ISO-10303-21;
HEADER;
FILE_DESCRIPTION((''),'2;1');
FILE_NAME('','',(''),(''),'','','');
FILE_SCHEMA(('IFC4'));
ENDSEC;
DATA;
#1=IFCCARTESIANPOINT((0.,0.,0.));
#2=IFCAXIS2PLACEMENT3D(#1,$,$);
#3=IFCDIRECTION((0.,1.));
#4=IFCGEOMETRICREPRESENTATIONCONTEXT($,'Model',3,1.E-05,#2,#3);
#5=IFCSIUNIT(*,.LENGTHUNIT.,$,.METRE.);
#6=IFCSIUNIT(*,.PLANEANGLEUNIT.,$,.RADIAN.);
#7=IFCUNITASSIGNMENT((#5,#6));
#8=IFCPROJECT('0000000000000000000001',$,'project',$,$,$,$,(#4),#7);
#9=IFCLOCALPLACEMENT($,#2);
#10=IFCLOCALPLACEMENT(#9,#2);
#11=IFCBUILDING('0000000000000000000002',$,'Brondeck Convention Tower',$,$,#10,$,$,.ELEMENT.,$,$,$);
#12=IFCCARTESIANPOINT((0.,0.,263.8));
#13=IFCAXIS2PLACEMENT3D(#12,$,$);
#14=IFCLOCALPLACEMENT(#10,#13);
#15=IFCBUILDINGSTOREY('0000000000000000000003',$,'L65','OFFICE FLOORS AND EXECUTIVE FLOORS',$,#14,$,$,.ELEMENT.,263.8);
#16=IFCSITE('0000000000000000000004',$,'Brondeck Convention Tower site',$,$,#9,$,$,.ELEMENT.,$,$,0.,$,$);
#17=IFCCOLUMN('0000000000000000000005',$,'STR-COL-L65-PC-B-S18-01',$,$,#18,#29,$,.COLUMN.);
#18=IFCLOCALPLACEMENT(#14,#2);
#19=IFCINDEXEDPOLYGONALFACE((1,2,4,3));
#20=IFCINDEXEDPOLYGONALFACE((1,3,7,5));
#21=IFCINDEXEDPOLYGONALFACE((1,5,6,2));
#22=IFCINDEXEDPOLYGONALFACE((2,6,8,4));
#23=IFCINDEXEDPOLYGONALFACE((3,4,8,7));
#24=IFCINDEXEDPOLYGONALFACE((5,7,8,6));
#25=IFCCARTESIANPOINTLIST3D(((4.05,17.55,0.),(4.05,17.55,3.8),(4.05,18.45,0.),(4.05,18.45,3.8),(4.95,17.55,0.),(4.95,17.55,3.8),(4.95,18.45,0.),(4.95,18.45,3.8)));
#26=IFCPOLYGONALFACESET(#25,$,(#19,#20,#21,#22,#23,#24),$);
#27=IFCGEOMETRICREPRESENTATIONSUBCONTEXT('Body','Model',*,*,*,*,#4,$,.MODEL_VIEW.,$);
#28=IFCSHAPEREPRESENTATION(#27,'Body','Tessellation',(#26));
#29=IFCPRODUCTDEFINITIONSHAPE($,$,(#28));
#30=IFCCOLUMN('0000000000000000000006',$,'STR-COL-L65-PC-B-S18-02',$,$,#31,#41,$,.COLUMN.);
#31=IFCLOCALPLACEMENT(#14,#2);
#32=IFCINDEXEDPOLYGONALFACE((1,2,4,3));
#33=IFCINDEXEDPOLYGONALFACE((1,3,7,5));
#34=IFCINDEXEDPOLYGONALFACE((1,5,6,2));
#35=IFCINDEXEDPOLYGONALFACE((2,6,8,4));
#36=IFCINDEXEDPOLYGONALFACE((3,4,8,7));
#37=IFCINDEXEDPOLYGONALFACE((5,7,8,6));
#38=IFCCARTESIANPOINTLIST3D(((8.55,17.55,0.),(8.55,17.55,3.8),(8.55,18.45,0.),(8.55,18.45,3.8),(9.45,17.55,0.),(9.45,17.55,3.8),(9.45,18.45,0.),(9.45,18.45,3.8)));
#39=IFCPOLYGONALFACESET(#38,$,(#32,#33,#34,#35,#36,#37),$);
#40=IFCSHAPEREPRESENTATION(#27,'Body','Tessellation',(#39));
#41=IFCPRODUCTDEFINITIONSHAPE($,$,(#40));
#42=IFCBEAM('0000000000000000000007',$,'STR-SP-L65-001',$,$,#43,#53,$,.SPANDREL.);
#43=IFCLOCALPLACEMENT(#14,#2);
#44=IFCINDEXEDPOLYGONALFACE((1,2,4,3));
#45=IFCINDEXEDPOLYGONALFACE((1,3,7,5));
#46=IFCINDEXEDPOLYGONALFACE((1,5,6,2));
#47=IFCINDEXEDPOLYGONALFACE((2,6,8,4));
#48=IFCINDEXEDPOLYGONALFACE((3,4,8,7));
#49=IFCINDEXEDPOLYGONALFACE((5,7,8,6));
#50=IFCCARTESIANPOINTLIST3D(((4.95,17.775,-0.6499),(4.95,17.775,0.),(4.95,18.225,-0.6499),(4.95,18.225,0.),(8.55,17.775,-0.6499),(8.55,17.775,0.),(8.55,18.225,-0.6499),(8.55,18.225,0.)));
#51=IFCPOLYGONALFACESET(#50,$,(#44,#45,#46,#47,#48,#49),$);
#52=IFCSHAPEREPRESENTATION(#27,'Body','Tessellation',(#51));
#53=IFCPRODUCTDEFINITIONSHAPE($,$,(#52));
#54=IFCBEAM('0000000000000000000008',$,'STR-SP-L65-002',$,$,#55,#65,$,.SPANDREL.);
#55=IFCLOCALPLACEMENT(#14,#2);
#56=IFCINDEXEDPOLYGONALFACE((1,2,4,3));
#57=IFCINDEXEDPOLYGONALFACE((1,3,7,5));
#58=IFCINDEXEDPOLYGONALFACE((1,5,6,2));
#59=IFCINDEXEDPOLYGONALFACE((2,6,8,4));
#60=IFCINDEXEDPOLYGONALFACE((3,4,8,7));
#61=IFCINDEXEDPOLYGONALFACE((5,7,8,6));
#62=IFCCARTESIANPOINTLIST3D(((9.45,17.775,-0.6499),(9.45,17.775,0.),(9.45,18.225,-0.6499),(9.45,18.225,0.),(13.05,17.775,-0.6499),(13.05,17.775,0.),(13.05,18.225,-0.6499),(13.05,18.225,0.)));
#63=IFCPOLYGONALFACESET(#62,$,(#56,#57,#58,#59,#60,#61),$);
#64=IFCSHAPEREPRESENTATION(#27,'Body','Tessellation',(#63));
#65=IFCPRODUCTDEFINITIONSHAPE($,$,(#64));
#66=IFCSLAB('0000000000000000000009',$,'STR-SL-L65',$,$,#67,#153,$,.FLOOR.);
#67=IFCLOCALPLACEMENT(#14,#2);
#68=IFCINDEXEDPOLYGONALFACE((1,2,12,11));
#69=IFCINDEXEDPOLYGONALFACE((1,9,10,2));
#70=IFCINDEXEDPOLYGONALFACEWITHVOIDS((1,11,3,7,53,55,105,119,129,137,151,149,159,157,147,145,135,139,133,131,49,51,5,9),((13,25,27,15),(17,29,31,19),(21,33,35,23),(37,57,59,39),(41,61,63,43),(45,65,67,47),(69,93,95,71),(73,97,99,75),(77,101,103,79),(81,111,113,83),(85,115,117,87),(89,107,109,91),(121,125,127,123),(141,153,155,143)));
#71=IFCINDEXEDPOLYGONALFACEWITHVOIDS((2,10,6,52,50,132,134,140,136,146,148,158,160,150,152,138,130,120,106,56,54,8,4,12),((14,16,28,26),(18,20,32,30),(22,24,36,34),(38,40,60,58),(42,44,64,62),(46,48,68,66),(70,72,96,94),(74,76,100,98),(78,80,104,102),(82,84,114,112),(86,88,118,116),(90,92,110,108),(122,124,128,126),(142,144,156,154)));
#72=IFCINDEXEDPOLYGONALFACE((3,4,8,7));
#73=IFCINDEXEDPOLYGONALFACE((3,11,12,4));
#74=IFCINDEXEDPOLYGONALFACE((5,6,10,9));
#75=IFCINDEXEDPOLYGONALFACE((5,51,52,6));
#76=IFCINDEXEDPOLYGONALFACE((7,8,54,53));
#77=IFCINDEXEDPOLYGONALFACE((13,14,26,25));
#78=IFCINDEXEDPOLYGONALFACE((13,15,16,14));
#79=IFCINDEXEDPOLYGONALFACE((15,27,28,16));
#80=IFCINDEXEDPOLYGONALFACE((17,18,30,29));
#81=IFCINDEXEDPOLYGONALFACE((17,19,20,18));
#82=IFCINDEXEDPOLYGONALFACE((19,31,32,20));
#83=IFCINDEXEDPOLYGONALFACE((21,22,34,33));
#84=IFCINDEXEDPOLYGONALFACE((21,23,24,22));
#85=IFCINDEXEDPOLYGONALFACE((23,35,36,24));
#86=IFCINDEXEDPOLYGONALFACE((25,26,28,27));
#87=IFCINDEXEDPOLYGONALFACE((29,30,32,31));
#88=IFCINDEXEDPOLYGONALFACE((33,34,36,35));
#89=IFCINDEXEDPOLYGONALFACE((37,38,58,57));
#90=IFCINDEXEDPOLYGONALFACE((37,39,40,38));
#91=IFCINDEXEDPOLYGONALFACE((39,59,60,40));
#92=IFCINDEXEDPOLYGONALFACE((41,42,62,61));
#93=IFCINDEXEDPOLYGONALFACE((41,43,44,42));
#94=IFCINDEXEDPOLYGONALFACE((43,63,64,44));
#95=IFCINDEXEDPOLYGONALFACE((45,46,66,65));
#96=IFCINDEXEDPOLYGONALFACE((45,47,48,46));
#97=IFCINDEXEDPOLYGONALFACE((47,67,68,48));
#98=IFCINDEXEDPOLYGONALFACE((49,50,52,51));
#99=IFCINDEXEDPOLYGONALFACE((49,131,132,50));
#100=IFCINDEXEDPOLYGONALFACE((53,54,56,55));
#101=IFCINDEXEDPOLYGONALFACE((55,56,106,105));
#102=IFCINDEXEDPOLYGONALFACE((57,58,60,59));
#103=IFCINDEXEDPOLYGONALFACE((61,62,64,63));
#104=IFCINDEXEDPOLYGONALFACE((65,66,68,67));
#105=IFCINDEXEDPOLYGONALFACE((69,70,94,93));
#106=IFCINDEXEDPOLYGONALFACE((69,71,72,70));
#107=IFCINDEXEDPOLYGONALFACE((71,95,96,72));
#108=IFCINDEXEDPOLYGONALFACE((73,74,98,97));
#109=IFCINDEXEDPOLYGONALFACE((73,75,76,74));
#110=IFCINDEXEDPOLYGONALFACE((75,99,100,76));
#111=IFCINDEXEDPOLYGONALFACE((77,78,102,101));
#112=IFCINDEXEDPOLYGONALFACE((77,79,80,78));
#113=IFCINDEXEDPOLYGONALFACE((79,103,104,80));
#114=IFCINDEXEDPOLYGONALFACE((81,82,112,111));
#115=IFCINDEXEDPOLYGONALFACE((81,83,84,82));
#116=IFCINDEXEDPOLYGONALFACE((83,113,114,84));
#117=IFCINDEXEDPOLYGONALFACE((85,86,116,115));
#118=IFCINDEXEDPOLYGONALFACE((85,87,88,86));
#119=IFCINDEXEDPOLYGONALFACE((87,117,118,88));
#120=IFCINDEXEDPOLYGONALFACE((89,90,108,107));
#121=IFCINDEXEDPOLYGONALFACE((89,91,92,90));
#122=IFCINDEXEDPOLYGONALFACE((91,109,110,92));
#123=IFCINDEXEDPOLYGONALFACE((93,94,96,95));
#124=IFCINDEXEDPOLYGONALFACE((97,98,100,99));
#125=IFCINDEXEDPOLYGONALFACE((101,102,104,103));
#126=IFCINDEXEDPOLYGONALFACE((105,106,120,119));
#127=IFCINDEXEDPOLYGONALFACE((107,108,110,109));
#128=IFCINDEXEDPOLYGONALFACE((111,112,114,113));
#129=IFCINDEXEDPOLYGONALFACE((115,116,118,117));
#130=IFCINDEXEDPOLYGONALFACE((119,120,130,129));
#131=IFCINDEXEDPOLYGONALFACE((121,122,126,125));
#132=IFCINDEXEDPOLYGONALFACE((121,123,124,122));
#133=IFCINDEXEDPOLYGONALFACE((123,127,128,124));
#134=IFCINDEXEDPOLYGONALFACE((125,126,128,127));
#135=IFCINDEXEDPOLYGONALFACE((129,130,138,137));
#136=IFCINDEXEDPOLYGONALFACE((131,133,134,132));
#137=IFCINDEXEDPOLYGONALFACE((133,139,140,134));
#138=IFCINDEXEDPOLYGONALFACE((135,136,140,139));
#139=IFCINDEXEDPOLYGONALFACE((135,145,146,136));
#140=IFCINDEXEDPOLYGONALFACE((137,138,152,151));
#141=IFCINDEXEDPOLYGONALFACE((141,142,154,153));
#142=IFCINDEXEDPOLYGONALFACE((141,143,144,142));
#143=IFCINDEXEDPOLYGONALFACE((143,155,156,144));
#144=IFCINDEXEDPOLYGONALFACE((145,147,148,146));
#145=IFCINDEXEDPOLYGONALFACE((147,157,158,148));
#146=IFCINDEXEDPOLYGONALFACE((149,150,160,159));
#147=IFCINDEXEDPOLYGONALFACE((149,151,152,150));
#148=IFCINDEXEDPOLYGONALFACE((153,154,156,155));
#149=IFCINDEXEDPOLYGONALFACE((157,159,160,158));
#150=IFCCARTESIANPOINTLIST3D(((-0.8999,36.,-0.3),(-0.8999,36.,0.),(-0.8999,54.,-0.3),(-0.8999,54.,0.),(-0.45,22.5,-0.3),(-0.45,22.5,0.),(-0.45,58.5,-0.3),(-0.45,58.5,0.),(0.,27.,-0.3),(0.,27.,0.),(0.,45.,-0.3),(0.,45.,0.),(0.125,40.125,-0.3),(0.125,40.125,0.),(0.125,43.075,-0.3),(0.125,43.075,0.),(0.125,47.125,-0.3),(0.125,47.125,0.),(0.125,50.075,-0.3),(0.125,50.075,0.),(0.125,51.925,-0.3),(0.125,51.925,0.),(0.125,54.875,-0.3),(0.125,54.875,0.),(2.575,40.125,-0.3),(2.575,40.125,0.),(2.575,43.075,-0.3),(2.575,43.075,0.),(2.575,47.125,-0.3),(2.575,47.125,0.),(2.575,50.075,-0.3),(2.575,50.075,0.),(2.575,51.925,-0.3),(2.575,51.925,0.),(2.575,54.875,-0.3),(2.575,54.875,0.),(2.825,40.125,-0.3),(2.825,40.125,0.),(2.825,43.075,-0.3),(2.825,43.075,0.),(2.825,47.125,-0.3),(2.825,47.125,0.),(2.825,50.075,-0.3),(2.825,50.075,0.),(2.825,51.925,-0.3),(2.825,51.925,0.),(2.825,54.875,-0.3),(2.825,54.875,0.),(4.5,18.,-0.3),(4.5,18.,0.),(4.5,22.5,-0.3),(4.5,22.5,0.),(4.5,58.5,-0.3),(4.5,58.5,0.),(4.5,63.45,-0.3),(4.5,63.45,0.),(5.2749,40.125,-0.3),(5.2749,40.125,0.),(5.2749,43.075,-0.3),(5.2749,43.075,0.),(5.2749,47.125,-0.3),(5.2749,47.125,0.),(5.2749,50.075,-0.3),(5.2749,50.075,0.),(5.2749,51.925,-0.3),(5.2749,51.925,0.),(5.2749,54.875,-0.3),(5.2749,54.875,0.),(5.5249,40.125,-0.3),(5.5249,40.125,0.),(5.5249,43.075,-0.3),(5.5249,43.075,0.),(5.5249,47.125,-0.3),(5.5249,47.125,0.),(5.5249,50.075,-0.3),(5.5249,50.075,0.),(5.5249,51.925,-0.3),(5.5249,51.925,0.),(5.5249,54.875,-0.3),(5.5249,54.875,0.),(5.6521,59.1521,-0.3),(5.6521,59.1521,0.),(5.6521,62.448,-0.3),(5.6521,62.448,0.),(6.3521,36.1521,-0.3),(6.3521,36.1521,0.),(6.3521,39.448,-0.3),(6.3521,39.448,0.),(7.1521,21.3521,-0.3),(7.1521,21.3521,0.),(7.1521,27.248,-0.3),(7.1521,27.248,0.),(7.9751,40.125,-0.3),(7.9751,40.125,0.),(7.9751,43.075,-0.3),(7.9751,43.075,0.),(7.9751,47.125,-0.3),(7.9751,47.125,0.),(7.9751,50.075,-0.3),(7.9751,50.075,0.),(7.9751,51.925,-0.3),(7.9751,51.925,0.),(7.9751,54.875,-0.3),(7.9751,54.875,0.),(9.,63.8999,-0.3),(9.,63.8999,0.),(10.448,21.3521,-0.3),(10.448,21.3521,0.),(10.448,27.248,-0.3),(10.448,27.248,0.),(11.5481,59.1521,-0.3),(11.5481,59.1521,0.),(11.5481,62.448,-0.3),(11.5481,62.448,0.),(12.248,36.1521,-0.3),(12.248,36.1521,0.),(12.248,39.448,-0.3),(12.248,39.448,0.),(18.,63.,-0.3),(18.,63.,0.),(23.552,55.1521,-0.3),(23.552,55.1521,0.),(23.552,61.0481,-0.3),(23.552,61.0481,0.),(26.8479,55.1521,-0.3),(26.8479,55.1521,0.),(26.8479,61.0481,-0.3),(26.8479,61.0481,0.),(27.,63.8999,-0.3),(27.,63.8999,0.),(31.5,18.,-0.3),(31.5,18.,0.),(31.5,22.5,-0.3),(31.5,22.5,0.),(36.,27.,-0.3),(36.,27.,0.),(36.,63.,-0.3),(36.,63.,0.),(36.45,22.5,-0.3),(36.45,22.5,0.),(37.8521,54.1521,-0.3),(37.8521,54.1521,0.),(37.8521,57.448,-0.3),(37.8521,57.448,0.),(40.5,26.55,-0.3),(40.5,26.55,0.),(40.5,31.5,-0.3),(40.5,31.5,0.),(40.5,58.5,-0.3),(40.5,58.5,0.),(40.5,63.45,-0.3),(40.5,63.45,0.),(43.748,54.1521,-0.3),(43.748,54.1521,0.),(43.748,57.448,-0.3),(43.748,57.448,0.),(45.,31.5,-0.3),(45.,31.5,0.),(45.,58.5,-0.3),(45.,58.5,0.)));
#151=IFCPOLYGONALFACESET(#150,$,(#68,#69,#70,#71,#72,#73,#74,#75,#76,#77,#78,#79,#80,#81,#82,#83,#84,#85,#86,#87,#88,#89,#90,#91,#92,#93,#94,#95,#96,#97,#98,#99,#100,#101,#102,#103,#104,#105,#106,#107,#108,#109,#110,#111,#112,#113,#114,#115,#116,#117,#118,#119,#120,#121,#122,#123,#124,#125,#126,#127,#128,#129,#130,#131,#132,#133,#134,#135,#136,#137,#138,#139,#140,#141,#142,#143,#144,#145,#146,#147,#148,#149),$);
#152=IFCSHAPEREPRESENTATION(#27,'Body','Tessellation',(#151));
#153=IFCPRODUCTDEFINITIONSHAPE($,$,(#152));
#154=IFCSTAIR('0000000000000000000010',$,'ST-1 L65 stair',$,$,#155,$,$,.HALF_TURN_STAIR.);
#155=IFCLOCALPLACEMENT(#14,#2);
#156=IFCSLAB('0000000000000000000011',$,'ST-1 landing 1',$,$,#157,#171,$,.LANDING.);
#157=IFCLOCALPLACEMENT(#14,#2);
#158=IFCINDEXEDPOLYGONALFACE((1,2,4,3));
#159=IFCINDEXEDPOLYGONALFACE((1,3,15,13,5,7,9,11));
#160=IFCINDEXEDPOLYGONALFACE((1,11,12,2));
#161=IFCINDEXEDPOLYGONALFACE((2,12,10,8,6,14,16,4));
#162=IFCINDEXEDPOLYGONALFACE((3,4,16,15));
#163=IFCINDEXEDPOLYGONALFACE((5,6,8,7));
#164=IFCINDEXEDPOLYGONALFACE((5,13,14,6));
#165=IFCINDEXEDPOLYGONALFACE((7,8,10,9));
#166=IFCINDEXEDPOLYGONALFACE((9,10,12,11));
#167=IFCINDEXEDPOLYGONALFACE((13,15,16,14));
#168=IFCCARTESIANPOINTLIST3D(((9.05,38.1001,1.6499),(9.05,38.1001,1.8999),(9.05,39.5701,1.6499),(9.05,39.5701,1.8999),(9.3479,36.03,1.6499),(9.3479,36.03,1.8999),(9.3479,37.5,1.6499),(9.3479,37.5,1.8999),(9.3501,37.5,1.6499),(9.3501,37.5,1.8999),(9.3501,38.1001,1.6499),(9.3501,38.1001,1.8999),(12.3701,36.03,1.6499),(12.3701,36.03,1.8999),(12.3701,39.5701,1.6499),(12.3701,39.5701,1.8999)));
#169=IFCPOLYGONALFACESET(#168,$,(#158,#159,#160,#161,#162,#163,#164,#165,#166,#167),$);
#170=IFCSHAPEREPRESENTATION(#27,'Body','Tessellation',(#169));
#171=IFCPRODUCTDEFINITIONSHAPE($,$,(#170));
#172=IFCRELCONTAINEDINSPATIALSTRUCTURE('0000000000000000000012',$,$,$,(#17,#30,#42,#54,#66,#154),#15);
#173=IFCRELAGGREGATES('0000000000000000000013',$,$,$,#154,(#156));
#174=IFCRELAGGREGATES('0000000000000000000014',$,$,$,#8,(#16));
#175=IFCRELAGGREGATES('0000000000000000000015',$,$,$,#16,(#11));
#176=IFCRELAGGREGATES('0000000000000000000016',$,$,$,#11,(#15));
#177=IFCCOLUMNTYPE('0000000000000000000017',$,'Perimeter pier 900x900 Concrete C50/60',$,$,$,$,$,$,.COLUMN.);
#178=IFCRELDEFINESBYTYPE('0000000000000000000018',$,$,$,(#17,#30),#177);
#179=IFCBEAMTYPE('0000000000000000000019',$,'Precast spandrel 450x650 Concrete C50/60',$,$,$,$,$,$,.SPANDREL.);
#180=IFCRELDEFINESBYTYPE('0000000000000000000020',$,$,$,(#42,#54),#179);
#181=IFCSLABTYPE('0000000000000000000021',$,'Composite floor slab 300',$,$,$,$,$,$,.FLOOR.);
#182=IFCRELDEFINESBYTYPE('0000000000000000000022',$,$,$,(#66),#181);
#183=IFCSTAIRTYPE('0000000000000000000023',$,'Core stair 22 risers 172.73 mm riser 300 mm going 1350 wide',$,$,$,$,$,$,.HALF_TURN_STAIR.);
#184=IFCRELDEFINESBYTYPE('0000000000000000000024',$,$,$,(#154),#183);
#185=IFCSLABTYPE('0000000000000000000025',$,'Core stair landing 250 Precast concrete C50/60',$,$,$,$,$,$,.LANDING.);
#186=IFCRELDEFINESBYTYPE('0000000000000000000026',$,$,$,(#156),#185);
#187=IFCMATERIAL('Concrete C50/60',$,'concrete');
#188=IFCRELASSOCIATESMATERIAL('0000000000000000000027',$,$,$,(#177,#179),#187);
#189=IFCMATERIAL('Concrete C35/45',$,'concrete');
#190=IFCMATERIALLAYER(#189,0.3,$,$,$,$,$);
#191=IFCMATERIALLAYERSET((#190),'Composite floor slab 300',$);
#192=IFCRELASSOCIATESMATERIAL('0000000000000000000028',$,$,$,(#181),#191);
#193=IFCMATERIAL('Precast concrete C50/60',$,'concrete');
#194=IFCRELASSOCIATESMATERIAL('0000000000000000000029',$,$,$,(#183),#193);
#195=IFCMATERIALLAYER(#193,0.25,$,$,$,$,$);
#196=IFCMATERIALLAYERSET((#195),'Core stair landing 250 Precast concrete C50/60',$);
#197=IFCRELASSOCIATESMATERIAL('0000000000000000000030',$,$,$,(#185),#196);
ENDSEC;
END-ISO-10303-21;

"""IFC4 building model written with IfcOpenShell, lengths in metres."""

from ifc_helpers import new_model, si_unit, direction, frame, origin, origin_2d, place, context, subcontext, project, spatial, polyline, rectangle, outline, extrude, material, layer, layer_set, material_profile, profile_set, type_object, element, aggregate, save


model = new_model("IFC4")

# Units and contexts
model_context = context("Model", 3, precision=1e-05, world=origin(), true_north=direction((0.0, 1.0)))
body_context = subcontext(model_context, "Body", "Model", "MODEL_VIEW")
ifc_project = project(units=[si_unit("LENGTHUNIT", "METRE"), si_unit("PLANEANGLEUNIT", "RADIAN")], contexts=[model_context])

# Site, building, storey
site_placement = place(None, origin())
site = spatial("IfcSite", under=ifc_project, at=site_placement, Name="Brondeck Convention Tower site", CompositionType="ELEMENT", RefElevation=0.0)
building_placement = place(site_placement, origin())
building = spatial("IfcBuilding", under=site, at=building_placement, Name="Brondeck Convention Tower", CompositionType="ELEMENT")
storey_placement = place(building_placement, frame((0.0, 0.0, 263.8)))
storey = spatial("IfcBuildingStorey", under=building, at=storey_placement, Name="L65", Description="OFFICE FLOORS AND EXECUTIVE FLOORS", CompositionType="ELEMENT", Elevation=263.8)

# Columns
ifc_material_1 = material(Name="Concrete C50/60", Category="concrete")
ifc_material_profile_1 = material_profile(ifc_material_1, rectangle(XDim=0.8999, YDim=0.8999, at=origin_2d()), Name="Perimeter pier 900x900 Concrete C50/60")
ifc_profile_set_1 = profile_set([ifc_material_profile_1], Name="Concrete C50/60")
column_type = type_object("IfcColumnType", Name="Perimeter pier 900x900 Concrete C50/60", PredefinedType="COLUMN", material=ifc_profile_set_1)
for number, where, z_axis, x_axis, name in (
    (1, (4.5, 18.0, 0.0), (0.0, 0.0, 1.0), (1.0, 0.0, 0.0), "STR-COL-L65-PC-B-S18-01"),
    (2, (9.0, 18.0, 0.0), (0.0, 0.0, 1.0), (1.0, 0.0, 0.0), "STR-COL-L65-PC-B-S18-02"),
):
    element("IfcColumn", number, at=place(storey_placement, frame(where, z_axis=z_axis, x_axis=x_axis)), inside=storey, type_object=column_type, Name=name, PredefinedType="COLUMN", context=body_context, shape_type="SweptSolid", body=[
        extrude(rectangle(XDim=0.8999, YDim=0.8999, at=origin_2d()), origin(), (0.0, 0.0, 1.0), 3.8),
    ])

# Beams
ifc_material_profile_2 = material_profile(ifc_material_1, rectangle(XDim=0.45, YDim=0.6499, at=origin_2d()), Name="Precast spandrel 450x650 Concrete C50/60")
ifc_profile_set_2 = profile_set([ifc_material_profile_2], Name="Concrete C50/60")
beam_type = type_object("IfcBeamType", Name="Precast spandrel 450x650 Concrete C50/60", PredefinedType="SPANDREL", material=ifc_profile_set_2)
for number, where, z_axis, x_axis, name in (
    (3, (4.95, 18.0, -0.325), (1.0, 0.0, 0.0), (0.0, 1.0, 0.0), "STR-SP-L65-001"),
    (4, (9.45, 18.0, -0.325), (1.0, 0.0, 0.0), (0.0, 1.0, 0.0), "STR-SP-L65-002"),
):
    element("IfcBeam", number, at=place(storey_placement, frame(where, z_axis=z_axis, x_axis=x_axis)), inside=storey, type_object=beam_type, Name=name, PredefinedType="SPANDREL", context=body_context, shape_type="SweptSolid", body=[
        extrude(rectangle(XDim=0.45, YDim=0.6499, at=origin_2d()), origin(), (0.0, 0.0, 1.0), 3.6001),
    ])

# Slab
ifc_material_2 = material(Name="Concrete C35/45", Category="concrete")
ifc_layer_1 = layer(ifc_material_2, 0.3)
ifc_layer_set_1 = layer_set([ifc_layer_1], Name="Composite floor slab 300")
slab_type_1 = type_object("IfcSlabType", Name="Composite floor slab 300", PredefinedType="FLOOR", material=ifc_layer_set_1)
slab_1_placement = place(storey_placement, frame((0.0, 0.0, -0.3)))
element("IfcSlab", 5, at=slab_1_placement, inside=storey, type_object=slab_type_1, Name="STR-SL-L65", PredefinedType="FLOOR", context=body_context, shape_type="SweptSolid", body=[
    extrude(outline(polyline([(4.5, 22.5), (-0.45, 22.5), (0.0, 27.0), (-0.8999, 36.0), (0.0, 45.0), (-0.8999, 54.0), (-0.45, 58.5), (4.5, 58.5), (4.5, 63.45), (9.0, 63.8999), (18.0, 63.0), (27.0, 63.8999), (36.0, 63.0), (40.5, 63.45), (40.5, 58.5), (45.0, 58.5), (45.0, 31.5), (40.5, 31.5), (40.5, 26.55), (36.0, 27.0), (36.45, 22.5), (31.5, 22.5), (31.5, 18.0), (4.5, 18.0), (4.5, 22.5)]), holes=[polyline([(2.575, 43.075), (0.125, 43.075), (0.125, 40.125), (2.575, 40.125), (2.575, 43.075)]), polyline([(5.2749, 40.125), (5.2749, 43.075), (2.825, 43.075), (2.825, 40.125), (5.2749, 40.125)]), polyline([(7.9751, 40.125), (7.9751, 43.075), (5.5249, 43.075), (5.5249, 40.125), (7.9751, 40.125)]), polyline([(2.575, 47.125), (2.575, 50.075), (0.125, 50.075), (0.125, 47.125), (2.575, 47.125)]), polyline([(5.2749, 47.125), (5.2749, 50.075), (2.825, 50.075), (2.825, 47.125), (5.2749, 47.125)]), polyline([(2.575, 51.925), (2.575, 54.875), (0.125, 54.875), (0.125, 51.925), (2.575, 51.925)]), polyline([(5.2749, 51.925), (5.2749, 54.875), (2.825, 54.875), (2.825, 51.925), (5.2749, 51.925)]), polyline([(7.1521, 27.248), (7.1521, 21.3521), (10.448, 21.3521), (10.448, 27.248), (7.1521, 27.248)]), polyline([(12.248, 36.1521), (12.248, 39.448), (6.3521, 39.448), (6.3521, 36.1521), (12.248, 36.1521)]), polyline([(7.9751, 47.125), (7.9751, 50.075), (5.5249, 50.075), (5.5249, 47.125), (7.9751, 47.125)]), polyline([(7.9751, 51.925), (7.9751, 54.875), (5.5249, 54.875), (5.5249, 51.925), (7.9751, 51.925)]), polyline([(43.748, 54.1521), (43.748, 57.448), (37.8521, 57.448), (37.8521, 54.1521), (43.748, 54.1521)]), polyline([(23.552, 55.1521), (26.8479, 55.1521), (26.8479, 61.0481), (23.552, 61.0481), (23.552, 55.1521)]), polyline([(5.6521, 62.448), (5.6521, 59.1521), (11.5481, 59.1521), (11.5481, 62.448), (5.6521, 62.448)])]), origin(), (0.0, 0.0, 1.0), 0.3),
])

# Stair, slab
ifc_material_3 = material(Name="Precast concrete C50/60", Category="concrete")
stair_type = type_object("IfcStairType", Name="Core stair 22 risers 172.73 mm riser 300 mm going 1350 wide", PredefinedType="HALF_TURN_STAIR", material=ifc_material_3)
stair_1_placement = place(storey_placement, origin())
stair_1 = element("IfcStair", 6, at=stair_1_placement, inside=storey, type_object=stair_type, Name="ST-1 L65 stair", PredefinedType="HALF_TURN_STAIR")
ifc_layer_2 = layer(ifc_material_3, 0.25)
ifc_layer_set_2 = layer_set([ifc_layer_2], Name="Core stair landing 250 Precast concrete C50/60")
slab_type_2 = type_object("IfcSlabType", Name="Core stair landing 250 Precast concrete C50/60", PredefinedType="LANDING", material=ifc_layer_set_2)
slab_2_placement = place(storey_placement, frame((0.0, 0.0, 1.6499)))
slab_2 = element("IfcSlab", 7, at=slab_2_placement, type_object=slab_type_2, Name="ST-1 landing 1", PredefinedType="LANDING", context=body_context, shape_type="SweptSolid", body=[
    extrude(outline(polyline([(9.3479, 37.5), (9.3501, 37.5), (9.3501, 38.1001), (9.05, 38.1001), (9.05, 39.5701), (12.3701, 39.5701), (12.3701, 36.03), (9.3479, 36.03), (9.3479, 37.5)])), origin(), (0.0, 0.0, 1.0), 0.25),
])
aggregate(stair_1, [slab_2])

save(model, "model.ifc")
